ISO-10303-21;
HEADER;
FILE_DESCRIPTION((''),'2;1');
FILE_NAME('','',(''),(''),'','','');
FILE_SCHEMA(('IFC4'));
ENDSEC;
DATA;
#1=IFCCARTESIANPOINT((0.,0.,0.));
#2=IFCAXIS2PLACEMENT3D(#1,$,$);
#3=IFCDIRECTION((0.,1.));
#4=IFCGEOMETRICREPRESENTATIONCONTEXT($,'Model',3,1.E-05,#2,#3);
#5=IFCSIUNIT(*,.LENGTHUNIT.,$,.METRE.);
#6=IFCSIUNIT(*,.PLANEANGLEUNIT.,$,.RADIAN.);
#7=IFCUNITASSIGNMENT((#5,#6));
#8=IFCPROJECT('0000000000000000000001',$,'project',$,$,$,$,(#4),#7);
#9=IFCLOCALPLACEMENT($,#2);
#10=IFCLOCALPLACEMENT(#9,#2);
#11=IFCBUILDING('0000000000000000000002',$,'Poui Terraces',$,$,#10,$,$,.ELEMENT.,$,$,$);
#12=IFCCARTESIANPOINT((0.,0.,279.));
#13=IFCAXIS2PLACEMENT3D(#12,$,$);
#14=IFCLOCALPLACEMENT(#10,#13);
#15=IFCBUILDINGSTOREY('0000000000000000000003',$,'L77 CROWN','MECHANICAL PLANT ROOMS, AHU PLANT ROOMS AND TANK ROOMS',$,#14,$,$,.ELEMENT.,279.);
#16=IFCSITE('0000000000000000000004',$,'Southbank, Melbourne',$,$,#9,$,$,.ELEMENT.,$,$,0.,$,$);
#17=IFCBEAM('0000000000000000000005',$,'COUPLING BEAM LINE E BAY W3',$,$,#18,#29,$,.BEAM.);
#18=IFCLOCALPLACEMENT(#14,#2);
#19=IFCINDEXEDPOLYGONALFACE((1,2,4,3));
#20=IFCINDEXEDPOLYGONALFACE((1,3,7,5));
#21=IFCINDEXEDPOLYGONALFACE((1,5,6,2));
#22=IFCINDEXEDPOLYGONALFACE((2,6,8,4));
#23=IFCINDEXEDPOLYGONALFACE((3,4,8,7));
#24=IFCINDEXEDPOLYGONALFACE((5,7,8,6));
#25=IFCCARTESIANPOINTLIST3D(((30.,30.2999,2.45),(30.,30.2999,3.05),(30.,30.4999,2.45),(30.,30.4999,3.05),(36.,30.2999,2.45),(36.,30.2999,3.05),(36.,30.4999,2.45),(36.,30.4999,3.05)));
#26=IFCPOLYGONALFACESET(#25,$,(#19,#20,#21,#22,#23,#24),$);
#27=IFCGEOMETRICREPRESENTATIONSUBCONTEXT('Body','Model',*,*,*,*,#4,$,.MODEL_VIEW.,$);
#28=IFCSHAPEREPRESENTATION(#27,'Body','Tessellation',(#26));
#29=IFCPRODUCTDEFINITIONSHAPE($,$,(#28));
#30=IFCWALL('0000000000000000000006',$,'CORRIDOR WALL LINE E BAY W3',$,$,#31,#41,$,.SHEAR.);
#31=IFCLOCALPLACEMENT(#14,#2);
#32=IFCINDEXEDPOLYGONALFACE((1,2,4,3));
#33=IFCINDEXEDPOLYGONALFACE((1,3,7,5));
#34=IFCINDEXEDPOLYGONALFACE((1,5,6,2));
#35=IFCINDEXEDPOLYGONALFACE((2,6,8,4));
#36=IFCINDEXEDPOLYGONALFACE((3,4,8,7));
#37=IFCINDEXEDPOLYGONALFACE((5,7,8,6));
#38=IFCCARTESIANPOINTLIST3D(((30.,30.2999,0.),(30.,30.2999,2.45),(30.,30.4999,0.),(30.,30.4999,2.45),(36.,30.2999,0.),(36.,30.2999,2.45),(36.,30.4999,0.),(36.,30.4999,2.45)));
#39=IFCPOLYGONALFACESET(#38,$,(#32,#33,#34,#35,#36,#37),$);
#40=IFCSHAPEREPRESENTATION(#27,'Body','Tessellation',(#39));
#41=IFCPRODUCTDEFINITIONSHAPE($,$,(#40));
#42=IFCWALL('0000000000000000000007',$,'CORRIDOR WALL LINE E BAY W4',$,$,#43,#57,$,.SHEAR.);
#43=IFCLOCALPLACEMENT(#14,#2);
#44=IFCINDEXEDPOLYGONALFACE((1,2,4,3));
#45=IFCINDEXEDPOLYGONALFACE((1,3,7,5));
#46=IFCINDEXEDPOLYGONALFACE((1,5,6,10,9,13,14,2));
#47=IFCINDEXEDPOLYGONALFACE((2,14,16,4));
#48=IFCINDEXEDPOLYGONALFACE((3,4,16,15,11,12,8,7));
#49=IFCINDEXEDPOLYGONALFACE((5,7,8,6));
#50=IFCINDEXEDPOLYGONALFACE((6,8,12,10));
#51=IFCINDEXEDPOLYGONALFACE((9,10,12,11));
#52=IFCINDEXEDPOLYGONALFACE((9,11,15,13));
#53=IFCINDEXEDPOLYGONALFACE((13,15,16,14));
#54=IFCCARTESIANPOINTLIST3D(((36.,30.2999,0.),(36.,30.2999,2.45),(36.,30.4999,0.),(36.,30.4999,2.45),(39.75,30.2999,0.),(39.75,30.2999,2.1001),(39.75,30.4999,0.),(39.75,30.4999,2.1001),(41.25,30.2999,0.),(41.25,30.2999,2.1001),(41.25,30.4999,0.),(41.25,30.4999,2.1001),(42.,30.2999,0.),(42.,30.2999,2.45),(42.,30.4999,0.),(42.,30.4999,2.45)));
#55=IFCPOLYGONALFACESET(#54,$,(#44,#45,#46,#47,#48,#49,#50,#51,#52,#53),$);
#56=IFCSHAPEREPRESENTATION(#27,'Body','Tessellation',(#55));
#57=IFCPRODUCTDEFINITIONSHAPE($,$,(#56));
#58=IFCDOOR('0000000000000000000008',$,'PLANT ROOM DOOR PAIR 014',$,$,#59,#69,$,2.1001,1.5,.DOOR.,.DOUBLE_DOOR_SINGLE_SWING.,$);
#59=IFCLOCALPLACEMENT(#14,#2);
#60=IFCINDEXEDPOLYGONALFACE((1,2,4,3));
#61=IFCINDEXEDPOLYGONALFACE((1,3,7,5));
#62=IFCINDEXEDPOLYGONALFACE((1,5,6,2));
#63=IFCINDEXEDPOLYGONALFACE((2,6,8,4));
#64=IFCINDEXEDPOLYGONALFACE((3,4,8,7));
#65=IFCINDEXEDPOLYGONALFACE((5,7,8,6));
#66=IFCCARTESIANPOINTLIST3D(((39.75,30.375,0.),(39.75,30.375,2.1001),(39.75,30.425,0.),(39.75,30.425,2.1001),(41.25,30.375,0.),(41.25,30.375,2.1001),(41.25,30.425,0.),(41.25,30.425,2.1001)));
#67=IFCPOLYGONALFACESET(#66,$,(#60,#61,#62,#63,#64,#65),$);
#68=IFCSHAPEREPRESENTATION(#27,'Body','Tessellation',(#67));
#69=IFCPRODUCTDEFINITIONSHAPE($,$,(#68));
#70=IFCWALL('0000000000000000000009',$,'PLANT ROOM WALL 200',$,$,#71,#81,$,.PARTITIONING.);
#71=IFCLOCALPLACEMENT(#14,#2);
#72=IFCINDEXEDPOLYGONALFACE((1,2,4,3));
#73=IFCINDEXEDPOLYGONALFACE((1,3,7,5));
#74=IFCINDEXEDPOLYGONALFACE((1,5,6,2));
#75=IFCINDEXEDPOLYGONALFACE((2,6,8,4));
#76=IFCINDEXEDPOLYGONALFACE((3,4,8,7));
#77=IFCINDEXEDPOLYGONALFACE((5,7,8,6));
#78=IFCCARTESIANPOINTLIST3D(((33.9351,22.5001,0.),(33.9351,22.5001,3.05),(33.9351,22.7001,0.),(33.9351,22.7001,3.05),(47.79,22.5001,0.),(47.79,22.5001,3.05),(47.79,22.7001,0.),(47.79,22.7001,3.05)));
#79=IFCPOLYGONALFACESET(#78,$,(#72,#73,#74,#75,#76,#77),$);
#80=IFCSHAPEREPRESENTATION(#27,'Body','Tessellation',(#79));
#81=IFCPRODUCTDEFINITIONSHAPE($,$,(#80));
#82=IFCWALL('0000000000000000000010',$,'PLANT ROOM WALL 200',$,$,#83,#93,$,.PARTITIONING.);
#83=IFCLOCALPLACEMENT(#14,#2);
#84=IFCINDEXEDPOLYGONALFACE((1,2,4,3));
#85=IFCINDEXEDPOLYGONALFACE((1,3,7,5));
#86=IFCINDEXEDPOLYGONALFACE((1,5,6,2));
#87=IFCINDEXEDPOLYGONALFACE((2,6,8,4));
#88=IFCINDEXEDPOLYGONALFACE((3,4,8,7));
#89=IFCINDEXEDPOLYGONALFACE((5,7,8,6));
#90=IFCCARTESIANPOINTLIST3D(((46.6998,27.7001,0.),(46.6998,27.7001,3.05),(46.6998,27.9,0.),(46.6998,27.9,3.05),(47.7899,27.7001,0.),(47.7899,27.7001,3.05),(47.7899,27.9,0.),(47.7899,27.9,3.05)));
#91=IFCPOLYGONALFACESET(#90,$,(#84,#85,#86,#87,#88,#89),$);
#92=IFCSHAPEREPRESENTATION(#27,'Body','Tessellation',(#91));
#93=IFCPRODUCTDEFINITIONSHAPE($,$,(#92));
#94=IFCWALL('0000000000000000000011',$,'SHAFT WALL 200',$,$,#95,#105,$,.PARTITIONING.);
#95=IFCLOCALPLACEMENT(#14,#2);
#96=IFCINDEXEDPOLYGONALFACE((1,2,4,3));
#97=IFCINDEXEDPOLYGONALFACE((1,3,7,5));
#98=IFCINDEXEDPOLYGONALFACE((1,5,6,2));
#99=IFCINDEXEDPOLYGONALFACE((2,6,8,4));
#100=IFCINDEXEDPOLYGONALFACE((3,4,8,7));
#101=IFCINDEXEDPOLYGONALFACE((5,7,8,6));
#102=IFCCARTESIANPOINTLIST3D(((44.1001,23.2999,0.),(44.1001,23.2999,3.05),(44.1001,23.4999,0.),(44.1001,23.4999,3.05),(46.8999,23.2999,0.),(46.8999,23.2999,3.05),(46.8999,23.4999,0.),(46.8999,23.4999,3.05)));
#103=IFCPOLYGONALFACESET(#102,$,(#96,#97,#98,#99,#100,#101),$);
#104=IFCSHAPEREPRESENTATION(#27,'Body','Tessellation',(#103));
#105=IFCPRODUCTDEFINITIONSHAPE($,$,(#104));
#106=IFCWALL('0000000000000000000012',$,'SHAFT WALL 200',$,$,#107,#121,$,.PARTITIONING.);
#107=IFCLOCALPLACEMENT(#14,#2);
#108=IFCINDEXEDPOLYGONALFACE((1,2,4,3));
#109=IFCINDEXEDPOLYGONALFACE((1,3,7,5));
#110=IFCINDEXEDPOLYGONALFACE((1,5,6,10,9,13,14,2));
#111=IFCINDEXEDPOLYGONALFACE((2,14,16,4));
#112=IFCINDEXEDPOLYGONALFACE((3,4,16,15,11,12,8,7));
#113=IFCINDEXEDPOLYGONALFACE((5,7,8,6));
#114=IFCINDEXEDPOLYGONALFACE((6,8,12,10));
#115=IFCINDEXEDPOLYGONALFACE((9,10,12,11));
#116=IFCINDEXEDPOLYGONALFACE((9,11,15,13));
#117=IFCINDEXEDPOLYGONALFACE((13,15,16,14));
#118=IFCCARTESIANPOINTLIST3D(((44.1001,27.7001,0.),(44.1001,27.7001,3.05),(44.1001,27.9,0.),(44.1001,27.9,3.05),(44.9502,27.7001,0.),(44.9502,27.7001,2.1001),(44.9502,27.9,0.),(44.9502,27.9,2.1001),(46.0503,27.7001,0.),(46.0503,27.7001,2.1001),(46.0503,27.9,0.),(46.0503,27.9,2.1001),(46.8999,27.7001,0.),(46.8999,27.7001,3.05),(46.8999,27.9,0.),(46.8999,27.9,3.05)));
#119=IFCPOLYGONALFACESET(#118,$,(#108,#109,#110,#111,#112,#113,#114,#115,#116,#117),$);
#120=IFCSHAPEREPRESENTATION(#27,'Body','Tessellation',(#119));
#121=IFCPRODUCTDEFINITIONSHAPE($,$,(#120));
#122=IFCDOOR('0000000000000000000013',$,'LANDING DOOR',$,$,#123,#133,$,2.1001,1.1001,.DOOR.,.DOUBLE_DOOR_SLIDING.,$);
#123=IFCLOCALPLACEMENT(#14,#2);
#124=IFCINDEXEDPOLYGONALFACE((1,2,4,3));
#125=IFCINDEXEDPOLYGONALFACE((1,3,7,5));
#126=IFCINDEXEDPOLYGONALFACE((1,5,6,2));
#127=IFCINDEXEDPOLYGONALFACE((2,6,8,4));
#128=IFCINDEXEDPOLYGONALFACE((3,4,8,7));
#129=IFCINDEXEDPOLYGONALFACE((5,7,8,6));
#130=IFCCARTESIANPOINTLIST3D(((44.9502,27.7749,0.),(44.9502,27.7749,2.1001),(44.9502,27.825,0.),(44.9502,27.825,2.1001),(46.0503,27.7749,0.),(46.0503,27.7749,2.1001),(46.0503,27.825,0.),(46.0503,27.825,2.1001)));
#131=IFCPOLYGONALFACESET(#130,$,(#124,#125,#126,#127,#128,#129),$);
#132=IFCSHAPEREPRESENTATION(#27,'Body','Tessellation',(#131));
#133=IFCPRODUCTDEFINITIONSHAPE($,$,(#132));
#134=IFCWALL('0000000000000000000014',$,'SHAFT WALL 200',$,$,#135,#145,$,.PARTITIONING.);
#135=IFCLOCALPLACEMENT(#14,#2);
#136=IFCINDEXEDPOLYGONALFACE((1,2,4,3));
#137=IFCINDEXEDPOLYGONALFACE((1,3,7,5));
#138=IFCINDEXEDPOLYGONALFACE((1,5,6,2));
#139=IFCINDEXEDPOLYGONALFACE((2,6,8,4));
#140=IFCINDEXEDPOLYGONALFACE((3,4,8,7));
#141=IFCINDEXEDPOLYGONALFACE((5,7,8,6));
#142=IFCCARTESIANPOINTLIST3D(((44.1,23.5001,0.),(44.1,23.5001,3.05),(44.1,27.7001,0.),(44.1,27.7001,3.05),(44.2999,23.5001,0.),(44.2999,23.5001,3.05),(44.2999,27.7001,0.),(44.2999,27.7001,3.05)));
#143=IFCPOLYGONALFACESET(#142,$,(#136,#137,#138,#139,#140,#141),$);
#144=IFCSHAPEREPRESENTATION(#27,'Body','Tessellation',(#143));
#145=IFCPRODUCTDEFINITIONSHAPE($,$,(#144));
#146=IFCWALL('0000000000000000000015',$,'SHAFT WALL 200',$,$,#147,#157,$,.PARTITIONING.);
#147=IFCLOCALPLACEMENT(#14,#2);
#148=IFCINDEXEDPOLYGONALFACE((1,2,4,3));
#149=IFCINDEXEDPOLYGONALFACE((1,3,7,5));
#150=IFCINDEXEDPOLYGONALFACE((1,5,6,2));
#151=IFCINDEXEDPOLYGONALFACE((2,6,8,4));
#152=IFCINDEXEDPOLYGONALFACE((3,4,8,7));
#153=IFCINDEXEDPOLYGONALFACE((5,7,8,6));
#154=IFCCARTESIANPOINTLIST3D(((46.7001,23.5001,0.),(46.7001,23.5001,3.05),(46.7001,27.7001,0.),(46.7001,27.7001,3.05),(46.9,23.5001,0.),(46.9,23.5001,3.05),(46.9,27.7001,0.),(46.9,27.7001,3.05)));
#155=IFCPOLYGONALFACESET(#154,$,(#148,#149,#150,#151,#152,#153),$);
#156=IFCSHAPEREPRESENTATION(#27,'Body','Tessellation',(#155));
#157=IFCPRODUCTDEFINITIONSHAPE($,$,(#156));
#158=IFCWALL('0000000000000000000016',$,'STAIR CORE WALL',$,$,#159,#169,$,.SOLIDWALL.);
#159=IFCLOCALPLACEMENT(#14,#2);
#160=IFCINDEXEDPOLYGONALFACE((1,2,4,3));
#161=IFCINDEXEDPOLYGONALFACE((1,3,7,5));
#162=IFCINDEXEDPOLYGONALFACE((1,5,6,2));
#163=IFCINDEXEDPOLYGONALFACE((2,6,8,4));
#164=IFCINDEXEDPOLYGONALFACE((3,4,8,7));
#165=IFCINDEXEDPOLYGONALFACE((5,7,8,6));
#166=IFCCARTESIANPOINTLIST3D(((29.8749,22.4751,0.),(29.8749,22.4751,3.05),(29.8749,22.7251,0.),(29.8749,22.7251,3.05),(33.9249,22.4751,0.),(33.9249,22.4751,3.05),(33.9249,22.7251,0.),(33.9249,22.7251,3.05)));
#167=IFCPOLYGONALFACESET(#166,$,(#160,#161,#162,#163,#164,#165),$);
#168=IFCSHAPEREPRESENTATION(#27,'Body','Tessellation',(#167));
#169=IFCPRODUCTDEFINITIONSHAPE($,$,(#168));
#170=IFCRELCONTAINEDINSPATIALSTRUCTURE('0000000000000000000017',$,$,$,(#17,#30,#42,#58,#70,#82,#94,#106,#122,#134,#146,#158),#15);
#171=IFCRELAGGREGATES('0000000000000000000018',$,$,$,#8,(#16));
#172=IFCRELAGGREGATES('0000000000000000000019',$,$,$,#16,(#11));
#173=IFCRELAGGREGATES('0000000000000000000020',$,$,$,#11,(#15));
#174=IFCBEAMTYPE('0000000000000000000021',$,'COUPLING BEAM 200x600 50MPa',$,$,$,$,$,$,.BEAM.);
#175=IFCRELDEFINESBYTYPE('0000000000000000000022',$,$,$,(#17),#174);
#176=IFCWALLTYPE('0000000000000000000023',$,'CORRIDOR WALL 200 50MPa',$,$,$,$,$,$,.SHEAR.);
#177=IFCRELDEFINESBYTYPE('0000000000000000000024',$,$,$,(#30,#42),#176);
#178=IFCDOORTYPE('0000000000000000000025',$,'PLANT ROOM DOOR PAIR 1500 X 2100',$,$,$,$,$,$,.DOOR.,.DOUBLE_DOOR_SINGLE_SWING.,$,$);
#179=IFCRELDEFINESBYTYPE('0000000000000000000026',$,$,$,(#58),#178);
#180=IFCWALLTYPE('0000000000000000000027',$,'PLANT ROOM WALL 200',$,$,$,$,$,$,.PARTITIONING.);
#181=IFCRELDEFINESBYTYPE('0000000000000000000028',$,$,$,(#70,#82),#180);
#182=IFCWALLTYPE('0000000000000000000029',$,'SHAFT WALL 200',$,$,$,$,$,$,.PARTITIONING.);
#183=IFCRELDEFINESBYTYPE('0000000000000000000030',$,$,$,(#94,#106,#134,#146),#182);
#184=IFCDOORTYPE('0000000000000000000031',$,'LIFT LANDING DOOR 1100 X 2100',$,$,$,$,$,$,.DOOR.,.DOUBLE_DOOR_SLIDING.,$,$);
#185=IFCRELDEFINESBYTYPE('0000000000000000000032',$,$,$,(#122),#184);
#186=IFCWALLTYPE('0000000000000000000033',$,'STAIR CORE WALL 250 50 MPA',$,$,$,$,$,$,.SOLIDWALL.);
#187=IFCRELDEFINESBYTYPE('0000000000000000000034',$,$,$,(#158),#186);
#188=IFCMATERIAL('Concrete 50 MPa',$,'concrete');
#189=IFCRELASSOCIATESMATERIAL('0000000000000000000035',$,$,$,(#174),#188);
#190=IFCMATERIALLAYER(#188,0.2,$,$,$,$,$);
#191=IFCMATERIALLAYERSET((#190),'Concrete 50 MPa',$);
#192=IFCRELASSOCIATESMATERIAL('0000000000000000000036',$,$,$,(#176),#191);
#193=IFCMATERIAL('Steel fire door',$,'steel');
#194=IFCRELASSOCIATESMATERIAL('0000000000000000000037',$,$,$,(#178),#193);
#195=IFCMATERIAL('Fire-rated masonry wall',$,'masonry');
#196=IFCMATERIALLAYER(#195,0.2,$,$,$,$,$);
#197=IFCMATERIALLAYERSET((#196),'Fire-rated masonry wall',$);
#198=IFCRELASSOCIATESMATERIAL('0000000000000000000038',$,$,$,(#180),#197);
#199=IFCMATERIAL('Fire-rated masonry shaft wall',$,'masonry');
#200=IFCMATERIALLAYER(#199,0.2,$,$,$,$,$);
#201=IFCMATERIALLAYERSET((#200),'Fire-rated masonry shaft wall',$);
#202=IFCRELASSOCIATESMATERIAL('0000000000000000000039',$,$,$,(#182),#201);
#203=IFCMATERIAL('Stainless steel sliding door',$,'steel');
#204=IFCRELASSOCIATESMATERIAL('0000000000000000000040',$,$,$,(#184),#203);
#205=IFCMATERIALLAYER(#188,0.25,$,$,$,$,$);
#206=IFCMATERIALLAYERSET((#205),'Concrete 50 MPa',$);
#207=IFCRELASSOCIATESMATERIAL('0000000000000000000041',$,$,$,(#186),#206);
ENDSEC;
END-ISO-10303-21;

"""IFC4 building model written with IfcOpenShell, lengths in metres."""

from ifc_helpers import new_model, si_unit, direction, frame, frame_2d, origin, origin_2d, place, context, subcontext, project, spatial, rectangle, extrude, source, transform, mapped, material, layer, layer_set, material_profile, profile_set, type_object, element, fill, save


model = new_model("IFC4")

# Units and contexts
model_context = context("Model", 3, precision=1e-05, world=origin(), true_north=direction((0.0, 1.0)))
body_context = subcontext(model_context, "Body", "Model", "MODEL_VIEW")
ifc_project = project(units=[si_unit("LENGTHUNIT", "METRE"), si_unit("PLANEANGLEUNIT", "RADIAN")], contexts=[model_context])

# Site, building, storey
site_placement = place(None, origin())
site = spatial("IfcSite", under=ifc_project, at=site_placement, Name="Southbank, Melbourne", CompositionType="ELEMENT", RefElevation=0.0)
building_placement = place(site_placement, origin())
building = spatial("IfcBuilding", under=site, at=building_placement, Name="Poui Terraces", CompositionType="ELEMENT")
storey_placement = place(building_placement, frame((0.0, 0.0, 279.0)))
storey = spatial("IfcBuildingStorey", under=building, at=storey_placement, Name="L77 CROWN", Description="MECHANICAL PLANT ROOMS, AHU PLANT ROOMS AND TANK ROOMS", CompositionType="ELEMENT", Elevation=279.0)

# Beam
ifc_material_1 = material(Name="Concrete 50 MPa", Category="concrete")
ifc_material_profile_1 = material_profile(ifc_material_1, rectangle(XDim=0.2, YDim=0.6001, at=origin_2d()), Name="RC 200x600")
ifc_profile_set_1 = profile_set([ifc_material_profile_1], Name="Concrete 50 MPa")
beam_type = type_object("IfcBeamType", Name="COUPLING BEAM 200x600 50MPa", PredefinedType="BEAM", material=ifc_profile_set_1)
shared_shape_1 = source(origin(), body_context, "Body", "SweptSolid", [
    extrude(rectangle(XDim=0.2, YDim=0.6001, at=origin_2d()), origin(), (0.0, 0.0, 1.0), 6.0),
])
beam_placement = place(storey_placement, frame((30.0, 30.3999, 2.75), z_axis=(1.0, 0.0, 0.0), x_axis=(0.0, 1.0, 0.0)))
element("IfcBeam", 1, at=beam_placement, inside=storey, type_object=beam_type, Name="COUPLING BEAM LINE E BAY W3", PredefinedType="BEAM", context=body_context, shape_type="MappedRepresentation", body=[
    mapped(shared_shape_1, transform((0.0, 0.0, 0.0))),
])

# Wall
ifc_layer_1 = layer(ifc_material_1, 0.2)
ifc_layer_set_1 = layer_set([ifc_layer_1], Name="Concrete 50 MPa")
wall_type_1 = type_object("IfcWallType", Name="CORRIDOR WALL 200 50MPa", PredefinedType="SHEAR", material=ifc_layer_set_1)
wall_1_placement = place(storey_placement, frame((30.0, 30.3999, 0.0), z_axis=(0.0, 0.0, 1.0), x_axis=(1.0, 0.0, 0.0)))
element("IfcWall", 2, at=wall_1_placement, inside=storey, type_object=wall_type_1, Name="CORRIDOR WALL LINE E BAY W3", PredefinedType="SHEAR", context=body_context, shape_type="SweptSolid", body=[
    extrude(rectangle(XDim=6.0, YDim=0.2, at=frame_2d((3.0, 0.0))), origin(), (0.0, 0.0, 1.0), 2.45),
])

# Wall, opening, door
wall_2_placement = place(storey_placement, frame((36.0, 30.3999, 0.0), z_axis=(0.0, 0.0, 1.0), x_axis=(1.0, 0.0, 0.0)))
wall_2 = element("IfcWall", 3, at=wall_2_placement, inside=storey, type_object=wall_type_1, Name="CORRIDOR WALL LINE E BAY W4", PredefinedType="SHEAR", context=body_context, shape_type="SweptSolid", body=[
    extrude(rectangle(XDim=6.0, YDim=0.2, at=frame_2d((3.0, 0.0))), origin(), (0.0, 0.0, 1.0), 2.45),
])
opening_1_placement = place(wall_2_placement, frame((3.75, 0.0, 0.0)))
opening_1 = element("IfcOpeningElement", 4, at=opening_1_placement, cuts=wall_2, PredefinedType="OPENING", context=body_context, shape_type="SweptSolid", body=[
    extrude(rectangle(XDim=1.5, YDim=2.1001, at=frame_2d((0.75, 1.05))), frame((0.0, 0.1099, 0.0), z_axis=(0.0, -1.0, 0.0), x_axis=(1.0, 0.0, 0.0)), (0.0, 0.0, 1.0), 0.22),
])
ifc_material_2 = material(Name="Steel fire door", Category="steel")
door_type_1 = type_object("IfcDoorType", Name="PLANT ROOM DOOR PAIR 1500 X 2100", OperationType="DOUBLE_DOOR_SINGLE_SWING", PredefinedType="DOOR", material=ifc_material_2)
door_1_placement = place(opening_1_placement, frame((1.5, 0.0, 0.0), z_axis=(0.0, 0.0, 1.0), x_axis=(-1.0, 0.0, 0.0)))
door_1 = element("IfcDoor", 5, at=door_1_placement, inside=storey, type_object=door_type_1, Name="PLANT ROOM DOOR PAIR 014", OperationType="DOUBLE_DOOR_SINGLE_SWING", OverallHeight=2.1001, OverallWidth=1.5, PredefinedType="DOOR", context=body_context, shape_type="SweptSolid", body=[
    extrude(rectangle(XDim=1.5, YDim=2.1001, at=frame_2d((0.75, 1.05))), frame((0.0, 0.0249, 0.0), z_axis=(0.0, -1.0, 0.0), x_axis=(1.0, 0.0, 0.0)), (0.0, 0.0, 1.0), 0.05),
])
fill(opening_1, door_1)

# Walls
ifc_material_3 = material(Name="Fire-rated masonry wall", Category="masonry")
ifc_layer_2 = layer(ifc_material_3, 0.2)
ifc_layer_set_2 = layer_set([ifc_layer_2], Name="Fire-rated masonry wall")
wall_type_2 = type_object("IfcWallType", Name="PLANT ROOM WALL 200", PredefinedType="PARTITIONING", material=ifc_layer_set_2)
wall_3_placement = place(storey_placement, frame((33.9351, 22.6001, 0.0), z_axis=(0.0, 0.0, 1.0), x_axis=(1.0, 0.0, 0.0)))
element("IfcWall", 6, at=wall_3_placement, inside=storey, type_object=wall_type_2, Name="PLANT ROOM WALL 200", PredefinedType="PARTITIONING", context=body_context, shape_type="SweptSolid", body=[
    extrude(rectangle(XDim=13.855, YDim=0.2, at=frame_2d((6.9275, 0.0))), origin(), (0.0, 0.0, 1.0), 3.05),
])
wall_4_placement = place(storey_placement, frame((46.7, 27.8, 0.0), z_axis=(0.0, 0.0, 1.0), x_axis=(1.0, 0.0, 0.0)))
element("IfcWall", 7, at=wall_4_placement, inside=storey, type_object=wall_type_2, Name="PLANT ROOM WALL 200", PredefinedType="PARTITIONING", context=body_context, shape_type="SweptSolid", body=[
    extrude(rectangle(XDim=1.0901, YDim=0.2, at=frame_2d((0.5449, 0.0))), origin(), (0.0, 0.0, 1.0), 3.05),
])
ifc_material_4 = material(Name="Fire-rated masonry shaft wall", Category="masonry")
ifc_layer_3 = layer(ifc_material_4, 0.2)
ifc_layer_set_3 = layer_set([ifc_layer_3], Name="Fire-rated masonry shaft wall")
wall_type_3 = type_object("IfcWallType", Name="SHAFT WALL 200", PredefinedType="PARTITIONING", material=ifc_layer_set_3)
wall_5_placement = place(storey_placement, frame((44.1001, 23.3999, 0.0), z_axis=(0.0, 0.0, 1.0), x_axis=(1.0, 0.0, 0.0)))
element("IfcWall", 8, at=wall_5_placement, inside=storey, type_object=wall_type_3, Name="SHAFT WALL 200", PredefinedType="PARTITIONING", context=body_context, shape_type="SweptSolid", body=[
    extrude(rectangle(XDim=2.7998, YDim=0.2, at=frame_2d((1.3999, 0.0))), origin(), (0.0, 0.0, 1.0), 3.05),
])

# Wall, opening, door
wall_6_placement = place(storey_placement, frame((44.1001, 27.8, 0.0), z_axis=(0.0, 0.0, 1.0), x_axis=(1.0, 0.0, 0.0)))
wall_6 = element("IfcWall", 9, at=wall_6_placement, inside=storey, type_object=wall_type_3, Name="SHAFT WALL 200", PredefinedType="PARTITIONING", context=body_context, shape_type="SweptSolid", body=[
    extrude(rectangle(XDim=2.7998, YDim=0.2, at=frame_2d((1.3999, 0.0))), origin(), (0.0, 0.0, 1.0), 3.05),
])
opening_2_placement = place(wall_6_placement, frame((0.8501, 0.0, 0.0)))
opening_2 = element("IfcOpeningElement", 10, at=opening_2_placement, cuts=wall_6, PredefinedType="OPENING", context=body_context, shape_type="SweptSolid", body=[
    extrude(rectangle(XDim=1.1001, YDim=2.1001, at=frame_2d((0.55, 1.05))), frame((0.0, 0.1099, 0.0), z_axis=(0.0, -1.0, 0.0), x_axis=(1.0, 0.0, 0.0)), (0.0, 0.0, 1.0), 0.22),
])
ifc_material_5 = material(Name="Stainless steel sliding door", Category="steel")
door_type_2 = type_object("IfcDoorType", Name="LIFT LANDING DOOR 1100 X 2100", OperationType="DOUBLE_DOOR_SLIDING", PredefinedType="DOOR", material=ifc_material_5)
door_2_placement = place(opening_2_placement, origin())
door_2 = element("IfcDoor", 11, at=door_2_placement, inside=storey, type_object=door_type_2, Name="LANDING DOOR", OperationType="DOUBLE_DOOR_SLIDING", OverallHeight=2.1001, OverallWidth=1.1001, PredefinedType="DOOR", context=body_context, shape_type="SweptSolid", body=[
    extrude(rectangle(XDim=1.1001, YDim=2.1001, at=frame_2d((0.55, 1.05))), frame((0.0, 0.0249, 0.0), z_axis=(0.0, -1.0, 0.0), x_axis=(1.0, 0.0, 0.0)), (0.0, 0.0, 1.0), 0.05),
])
fill(opening_2, door_2)

# Walls
for number, where, z_axis, x_axis, name in (
    (12, (44.2, 23.5, 0.0), (0.0, 0.0, 1.0), (0.0, 1.0, 0.0), "SHAFT WALL 200"),
    (13, (46.8, 23.5, 0.0), (0.0, 0.0, 1.0), (0.0, 1.0, 0.0), "SHAFT WALL 200"),
):
    element("IfcWall", number, at=place(storey_placement, frame(where, z_axis=z_axis, x_axis=x_axis)), inside=storey, type_object=wall_type_3, Name=name, PredefinedType="PARTITIONING", context=body_context, shape_type="SweptSolid", body=[
        extrude(rectangle(XDim=4.2, YDim=0.2, at=frame_2d((2.1001, 0.0))), origin(), (0.0, 0.0, 1.0), 3.05),
    ])
ifc_layer_4 = layer(ifc_material_1, 0.25)
ifc_layer_set_4 = layer_set([ifc_layer_4], Name="Concrete 50 MPa")
wall_type_4 = type_object("IfcWallType", Name="STAIR CORE WALL 250 50 MPA", PredefinedType="SOLIDWALL", material=ifc_layer_set_4)
wall_7_placement = place(storey_placement, frame((29.875, 22.6001, 0.0), z_axis=(0.0, 0.0, 1.0), x_axis=(1.0, 0.0, 0.0)))
element("IfcWall", 14, at=wall_7_placement, inside=storey, type_object=wall_type_4, Name="STAIR CORE WALL", PredefinedType="SOLIDWALL", context=body_context, shape_type="SweptSolid", body=[
    extrude(rectangle(XDim=4.05, YDim=0.25, at=frame_2d((2.0249, 0.0))), origin(), (0.0, 0.0, 1.0), 3.05),
])

save(model, "model.ifc")
